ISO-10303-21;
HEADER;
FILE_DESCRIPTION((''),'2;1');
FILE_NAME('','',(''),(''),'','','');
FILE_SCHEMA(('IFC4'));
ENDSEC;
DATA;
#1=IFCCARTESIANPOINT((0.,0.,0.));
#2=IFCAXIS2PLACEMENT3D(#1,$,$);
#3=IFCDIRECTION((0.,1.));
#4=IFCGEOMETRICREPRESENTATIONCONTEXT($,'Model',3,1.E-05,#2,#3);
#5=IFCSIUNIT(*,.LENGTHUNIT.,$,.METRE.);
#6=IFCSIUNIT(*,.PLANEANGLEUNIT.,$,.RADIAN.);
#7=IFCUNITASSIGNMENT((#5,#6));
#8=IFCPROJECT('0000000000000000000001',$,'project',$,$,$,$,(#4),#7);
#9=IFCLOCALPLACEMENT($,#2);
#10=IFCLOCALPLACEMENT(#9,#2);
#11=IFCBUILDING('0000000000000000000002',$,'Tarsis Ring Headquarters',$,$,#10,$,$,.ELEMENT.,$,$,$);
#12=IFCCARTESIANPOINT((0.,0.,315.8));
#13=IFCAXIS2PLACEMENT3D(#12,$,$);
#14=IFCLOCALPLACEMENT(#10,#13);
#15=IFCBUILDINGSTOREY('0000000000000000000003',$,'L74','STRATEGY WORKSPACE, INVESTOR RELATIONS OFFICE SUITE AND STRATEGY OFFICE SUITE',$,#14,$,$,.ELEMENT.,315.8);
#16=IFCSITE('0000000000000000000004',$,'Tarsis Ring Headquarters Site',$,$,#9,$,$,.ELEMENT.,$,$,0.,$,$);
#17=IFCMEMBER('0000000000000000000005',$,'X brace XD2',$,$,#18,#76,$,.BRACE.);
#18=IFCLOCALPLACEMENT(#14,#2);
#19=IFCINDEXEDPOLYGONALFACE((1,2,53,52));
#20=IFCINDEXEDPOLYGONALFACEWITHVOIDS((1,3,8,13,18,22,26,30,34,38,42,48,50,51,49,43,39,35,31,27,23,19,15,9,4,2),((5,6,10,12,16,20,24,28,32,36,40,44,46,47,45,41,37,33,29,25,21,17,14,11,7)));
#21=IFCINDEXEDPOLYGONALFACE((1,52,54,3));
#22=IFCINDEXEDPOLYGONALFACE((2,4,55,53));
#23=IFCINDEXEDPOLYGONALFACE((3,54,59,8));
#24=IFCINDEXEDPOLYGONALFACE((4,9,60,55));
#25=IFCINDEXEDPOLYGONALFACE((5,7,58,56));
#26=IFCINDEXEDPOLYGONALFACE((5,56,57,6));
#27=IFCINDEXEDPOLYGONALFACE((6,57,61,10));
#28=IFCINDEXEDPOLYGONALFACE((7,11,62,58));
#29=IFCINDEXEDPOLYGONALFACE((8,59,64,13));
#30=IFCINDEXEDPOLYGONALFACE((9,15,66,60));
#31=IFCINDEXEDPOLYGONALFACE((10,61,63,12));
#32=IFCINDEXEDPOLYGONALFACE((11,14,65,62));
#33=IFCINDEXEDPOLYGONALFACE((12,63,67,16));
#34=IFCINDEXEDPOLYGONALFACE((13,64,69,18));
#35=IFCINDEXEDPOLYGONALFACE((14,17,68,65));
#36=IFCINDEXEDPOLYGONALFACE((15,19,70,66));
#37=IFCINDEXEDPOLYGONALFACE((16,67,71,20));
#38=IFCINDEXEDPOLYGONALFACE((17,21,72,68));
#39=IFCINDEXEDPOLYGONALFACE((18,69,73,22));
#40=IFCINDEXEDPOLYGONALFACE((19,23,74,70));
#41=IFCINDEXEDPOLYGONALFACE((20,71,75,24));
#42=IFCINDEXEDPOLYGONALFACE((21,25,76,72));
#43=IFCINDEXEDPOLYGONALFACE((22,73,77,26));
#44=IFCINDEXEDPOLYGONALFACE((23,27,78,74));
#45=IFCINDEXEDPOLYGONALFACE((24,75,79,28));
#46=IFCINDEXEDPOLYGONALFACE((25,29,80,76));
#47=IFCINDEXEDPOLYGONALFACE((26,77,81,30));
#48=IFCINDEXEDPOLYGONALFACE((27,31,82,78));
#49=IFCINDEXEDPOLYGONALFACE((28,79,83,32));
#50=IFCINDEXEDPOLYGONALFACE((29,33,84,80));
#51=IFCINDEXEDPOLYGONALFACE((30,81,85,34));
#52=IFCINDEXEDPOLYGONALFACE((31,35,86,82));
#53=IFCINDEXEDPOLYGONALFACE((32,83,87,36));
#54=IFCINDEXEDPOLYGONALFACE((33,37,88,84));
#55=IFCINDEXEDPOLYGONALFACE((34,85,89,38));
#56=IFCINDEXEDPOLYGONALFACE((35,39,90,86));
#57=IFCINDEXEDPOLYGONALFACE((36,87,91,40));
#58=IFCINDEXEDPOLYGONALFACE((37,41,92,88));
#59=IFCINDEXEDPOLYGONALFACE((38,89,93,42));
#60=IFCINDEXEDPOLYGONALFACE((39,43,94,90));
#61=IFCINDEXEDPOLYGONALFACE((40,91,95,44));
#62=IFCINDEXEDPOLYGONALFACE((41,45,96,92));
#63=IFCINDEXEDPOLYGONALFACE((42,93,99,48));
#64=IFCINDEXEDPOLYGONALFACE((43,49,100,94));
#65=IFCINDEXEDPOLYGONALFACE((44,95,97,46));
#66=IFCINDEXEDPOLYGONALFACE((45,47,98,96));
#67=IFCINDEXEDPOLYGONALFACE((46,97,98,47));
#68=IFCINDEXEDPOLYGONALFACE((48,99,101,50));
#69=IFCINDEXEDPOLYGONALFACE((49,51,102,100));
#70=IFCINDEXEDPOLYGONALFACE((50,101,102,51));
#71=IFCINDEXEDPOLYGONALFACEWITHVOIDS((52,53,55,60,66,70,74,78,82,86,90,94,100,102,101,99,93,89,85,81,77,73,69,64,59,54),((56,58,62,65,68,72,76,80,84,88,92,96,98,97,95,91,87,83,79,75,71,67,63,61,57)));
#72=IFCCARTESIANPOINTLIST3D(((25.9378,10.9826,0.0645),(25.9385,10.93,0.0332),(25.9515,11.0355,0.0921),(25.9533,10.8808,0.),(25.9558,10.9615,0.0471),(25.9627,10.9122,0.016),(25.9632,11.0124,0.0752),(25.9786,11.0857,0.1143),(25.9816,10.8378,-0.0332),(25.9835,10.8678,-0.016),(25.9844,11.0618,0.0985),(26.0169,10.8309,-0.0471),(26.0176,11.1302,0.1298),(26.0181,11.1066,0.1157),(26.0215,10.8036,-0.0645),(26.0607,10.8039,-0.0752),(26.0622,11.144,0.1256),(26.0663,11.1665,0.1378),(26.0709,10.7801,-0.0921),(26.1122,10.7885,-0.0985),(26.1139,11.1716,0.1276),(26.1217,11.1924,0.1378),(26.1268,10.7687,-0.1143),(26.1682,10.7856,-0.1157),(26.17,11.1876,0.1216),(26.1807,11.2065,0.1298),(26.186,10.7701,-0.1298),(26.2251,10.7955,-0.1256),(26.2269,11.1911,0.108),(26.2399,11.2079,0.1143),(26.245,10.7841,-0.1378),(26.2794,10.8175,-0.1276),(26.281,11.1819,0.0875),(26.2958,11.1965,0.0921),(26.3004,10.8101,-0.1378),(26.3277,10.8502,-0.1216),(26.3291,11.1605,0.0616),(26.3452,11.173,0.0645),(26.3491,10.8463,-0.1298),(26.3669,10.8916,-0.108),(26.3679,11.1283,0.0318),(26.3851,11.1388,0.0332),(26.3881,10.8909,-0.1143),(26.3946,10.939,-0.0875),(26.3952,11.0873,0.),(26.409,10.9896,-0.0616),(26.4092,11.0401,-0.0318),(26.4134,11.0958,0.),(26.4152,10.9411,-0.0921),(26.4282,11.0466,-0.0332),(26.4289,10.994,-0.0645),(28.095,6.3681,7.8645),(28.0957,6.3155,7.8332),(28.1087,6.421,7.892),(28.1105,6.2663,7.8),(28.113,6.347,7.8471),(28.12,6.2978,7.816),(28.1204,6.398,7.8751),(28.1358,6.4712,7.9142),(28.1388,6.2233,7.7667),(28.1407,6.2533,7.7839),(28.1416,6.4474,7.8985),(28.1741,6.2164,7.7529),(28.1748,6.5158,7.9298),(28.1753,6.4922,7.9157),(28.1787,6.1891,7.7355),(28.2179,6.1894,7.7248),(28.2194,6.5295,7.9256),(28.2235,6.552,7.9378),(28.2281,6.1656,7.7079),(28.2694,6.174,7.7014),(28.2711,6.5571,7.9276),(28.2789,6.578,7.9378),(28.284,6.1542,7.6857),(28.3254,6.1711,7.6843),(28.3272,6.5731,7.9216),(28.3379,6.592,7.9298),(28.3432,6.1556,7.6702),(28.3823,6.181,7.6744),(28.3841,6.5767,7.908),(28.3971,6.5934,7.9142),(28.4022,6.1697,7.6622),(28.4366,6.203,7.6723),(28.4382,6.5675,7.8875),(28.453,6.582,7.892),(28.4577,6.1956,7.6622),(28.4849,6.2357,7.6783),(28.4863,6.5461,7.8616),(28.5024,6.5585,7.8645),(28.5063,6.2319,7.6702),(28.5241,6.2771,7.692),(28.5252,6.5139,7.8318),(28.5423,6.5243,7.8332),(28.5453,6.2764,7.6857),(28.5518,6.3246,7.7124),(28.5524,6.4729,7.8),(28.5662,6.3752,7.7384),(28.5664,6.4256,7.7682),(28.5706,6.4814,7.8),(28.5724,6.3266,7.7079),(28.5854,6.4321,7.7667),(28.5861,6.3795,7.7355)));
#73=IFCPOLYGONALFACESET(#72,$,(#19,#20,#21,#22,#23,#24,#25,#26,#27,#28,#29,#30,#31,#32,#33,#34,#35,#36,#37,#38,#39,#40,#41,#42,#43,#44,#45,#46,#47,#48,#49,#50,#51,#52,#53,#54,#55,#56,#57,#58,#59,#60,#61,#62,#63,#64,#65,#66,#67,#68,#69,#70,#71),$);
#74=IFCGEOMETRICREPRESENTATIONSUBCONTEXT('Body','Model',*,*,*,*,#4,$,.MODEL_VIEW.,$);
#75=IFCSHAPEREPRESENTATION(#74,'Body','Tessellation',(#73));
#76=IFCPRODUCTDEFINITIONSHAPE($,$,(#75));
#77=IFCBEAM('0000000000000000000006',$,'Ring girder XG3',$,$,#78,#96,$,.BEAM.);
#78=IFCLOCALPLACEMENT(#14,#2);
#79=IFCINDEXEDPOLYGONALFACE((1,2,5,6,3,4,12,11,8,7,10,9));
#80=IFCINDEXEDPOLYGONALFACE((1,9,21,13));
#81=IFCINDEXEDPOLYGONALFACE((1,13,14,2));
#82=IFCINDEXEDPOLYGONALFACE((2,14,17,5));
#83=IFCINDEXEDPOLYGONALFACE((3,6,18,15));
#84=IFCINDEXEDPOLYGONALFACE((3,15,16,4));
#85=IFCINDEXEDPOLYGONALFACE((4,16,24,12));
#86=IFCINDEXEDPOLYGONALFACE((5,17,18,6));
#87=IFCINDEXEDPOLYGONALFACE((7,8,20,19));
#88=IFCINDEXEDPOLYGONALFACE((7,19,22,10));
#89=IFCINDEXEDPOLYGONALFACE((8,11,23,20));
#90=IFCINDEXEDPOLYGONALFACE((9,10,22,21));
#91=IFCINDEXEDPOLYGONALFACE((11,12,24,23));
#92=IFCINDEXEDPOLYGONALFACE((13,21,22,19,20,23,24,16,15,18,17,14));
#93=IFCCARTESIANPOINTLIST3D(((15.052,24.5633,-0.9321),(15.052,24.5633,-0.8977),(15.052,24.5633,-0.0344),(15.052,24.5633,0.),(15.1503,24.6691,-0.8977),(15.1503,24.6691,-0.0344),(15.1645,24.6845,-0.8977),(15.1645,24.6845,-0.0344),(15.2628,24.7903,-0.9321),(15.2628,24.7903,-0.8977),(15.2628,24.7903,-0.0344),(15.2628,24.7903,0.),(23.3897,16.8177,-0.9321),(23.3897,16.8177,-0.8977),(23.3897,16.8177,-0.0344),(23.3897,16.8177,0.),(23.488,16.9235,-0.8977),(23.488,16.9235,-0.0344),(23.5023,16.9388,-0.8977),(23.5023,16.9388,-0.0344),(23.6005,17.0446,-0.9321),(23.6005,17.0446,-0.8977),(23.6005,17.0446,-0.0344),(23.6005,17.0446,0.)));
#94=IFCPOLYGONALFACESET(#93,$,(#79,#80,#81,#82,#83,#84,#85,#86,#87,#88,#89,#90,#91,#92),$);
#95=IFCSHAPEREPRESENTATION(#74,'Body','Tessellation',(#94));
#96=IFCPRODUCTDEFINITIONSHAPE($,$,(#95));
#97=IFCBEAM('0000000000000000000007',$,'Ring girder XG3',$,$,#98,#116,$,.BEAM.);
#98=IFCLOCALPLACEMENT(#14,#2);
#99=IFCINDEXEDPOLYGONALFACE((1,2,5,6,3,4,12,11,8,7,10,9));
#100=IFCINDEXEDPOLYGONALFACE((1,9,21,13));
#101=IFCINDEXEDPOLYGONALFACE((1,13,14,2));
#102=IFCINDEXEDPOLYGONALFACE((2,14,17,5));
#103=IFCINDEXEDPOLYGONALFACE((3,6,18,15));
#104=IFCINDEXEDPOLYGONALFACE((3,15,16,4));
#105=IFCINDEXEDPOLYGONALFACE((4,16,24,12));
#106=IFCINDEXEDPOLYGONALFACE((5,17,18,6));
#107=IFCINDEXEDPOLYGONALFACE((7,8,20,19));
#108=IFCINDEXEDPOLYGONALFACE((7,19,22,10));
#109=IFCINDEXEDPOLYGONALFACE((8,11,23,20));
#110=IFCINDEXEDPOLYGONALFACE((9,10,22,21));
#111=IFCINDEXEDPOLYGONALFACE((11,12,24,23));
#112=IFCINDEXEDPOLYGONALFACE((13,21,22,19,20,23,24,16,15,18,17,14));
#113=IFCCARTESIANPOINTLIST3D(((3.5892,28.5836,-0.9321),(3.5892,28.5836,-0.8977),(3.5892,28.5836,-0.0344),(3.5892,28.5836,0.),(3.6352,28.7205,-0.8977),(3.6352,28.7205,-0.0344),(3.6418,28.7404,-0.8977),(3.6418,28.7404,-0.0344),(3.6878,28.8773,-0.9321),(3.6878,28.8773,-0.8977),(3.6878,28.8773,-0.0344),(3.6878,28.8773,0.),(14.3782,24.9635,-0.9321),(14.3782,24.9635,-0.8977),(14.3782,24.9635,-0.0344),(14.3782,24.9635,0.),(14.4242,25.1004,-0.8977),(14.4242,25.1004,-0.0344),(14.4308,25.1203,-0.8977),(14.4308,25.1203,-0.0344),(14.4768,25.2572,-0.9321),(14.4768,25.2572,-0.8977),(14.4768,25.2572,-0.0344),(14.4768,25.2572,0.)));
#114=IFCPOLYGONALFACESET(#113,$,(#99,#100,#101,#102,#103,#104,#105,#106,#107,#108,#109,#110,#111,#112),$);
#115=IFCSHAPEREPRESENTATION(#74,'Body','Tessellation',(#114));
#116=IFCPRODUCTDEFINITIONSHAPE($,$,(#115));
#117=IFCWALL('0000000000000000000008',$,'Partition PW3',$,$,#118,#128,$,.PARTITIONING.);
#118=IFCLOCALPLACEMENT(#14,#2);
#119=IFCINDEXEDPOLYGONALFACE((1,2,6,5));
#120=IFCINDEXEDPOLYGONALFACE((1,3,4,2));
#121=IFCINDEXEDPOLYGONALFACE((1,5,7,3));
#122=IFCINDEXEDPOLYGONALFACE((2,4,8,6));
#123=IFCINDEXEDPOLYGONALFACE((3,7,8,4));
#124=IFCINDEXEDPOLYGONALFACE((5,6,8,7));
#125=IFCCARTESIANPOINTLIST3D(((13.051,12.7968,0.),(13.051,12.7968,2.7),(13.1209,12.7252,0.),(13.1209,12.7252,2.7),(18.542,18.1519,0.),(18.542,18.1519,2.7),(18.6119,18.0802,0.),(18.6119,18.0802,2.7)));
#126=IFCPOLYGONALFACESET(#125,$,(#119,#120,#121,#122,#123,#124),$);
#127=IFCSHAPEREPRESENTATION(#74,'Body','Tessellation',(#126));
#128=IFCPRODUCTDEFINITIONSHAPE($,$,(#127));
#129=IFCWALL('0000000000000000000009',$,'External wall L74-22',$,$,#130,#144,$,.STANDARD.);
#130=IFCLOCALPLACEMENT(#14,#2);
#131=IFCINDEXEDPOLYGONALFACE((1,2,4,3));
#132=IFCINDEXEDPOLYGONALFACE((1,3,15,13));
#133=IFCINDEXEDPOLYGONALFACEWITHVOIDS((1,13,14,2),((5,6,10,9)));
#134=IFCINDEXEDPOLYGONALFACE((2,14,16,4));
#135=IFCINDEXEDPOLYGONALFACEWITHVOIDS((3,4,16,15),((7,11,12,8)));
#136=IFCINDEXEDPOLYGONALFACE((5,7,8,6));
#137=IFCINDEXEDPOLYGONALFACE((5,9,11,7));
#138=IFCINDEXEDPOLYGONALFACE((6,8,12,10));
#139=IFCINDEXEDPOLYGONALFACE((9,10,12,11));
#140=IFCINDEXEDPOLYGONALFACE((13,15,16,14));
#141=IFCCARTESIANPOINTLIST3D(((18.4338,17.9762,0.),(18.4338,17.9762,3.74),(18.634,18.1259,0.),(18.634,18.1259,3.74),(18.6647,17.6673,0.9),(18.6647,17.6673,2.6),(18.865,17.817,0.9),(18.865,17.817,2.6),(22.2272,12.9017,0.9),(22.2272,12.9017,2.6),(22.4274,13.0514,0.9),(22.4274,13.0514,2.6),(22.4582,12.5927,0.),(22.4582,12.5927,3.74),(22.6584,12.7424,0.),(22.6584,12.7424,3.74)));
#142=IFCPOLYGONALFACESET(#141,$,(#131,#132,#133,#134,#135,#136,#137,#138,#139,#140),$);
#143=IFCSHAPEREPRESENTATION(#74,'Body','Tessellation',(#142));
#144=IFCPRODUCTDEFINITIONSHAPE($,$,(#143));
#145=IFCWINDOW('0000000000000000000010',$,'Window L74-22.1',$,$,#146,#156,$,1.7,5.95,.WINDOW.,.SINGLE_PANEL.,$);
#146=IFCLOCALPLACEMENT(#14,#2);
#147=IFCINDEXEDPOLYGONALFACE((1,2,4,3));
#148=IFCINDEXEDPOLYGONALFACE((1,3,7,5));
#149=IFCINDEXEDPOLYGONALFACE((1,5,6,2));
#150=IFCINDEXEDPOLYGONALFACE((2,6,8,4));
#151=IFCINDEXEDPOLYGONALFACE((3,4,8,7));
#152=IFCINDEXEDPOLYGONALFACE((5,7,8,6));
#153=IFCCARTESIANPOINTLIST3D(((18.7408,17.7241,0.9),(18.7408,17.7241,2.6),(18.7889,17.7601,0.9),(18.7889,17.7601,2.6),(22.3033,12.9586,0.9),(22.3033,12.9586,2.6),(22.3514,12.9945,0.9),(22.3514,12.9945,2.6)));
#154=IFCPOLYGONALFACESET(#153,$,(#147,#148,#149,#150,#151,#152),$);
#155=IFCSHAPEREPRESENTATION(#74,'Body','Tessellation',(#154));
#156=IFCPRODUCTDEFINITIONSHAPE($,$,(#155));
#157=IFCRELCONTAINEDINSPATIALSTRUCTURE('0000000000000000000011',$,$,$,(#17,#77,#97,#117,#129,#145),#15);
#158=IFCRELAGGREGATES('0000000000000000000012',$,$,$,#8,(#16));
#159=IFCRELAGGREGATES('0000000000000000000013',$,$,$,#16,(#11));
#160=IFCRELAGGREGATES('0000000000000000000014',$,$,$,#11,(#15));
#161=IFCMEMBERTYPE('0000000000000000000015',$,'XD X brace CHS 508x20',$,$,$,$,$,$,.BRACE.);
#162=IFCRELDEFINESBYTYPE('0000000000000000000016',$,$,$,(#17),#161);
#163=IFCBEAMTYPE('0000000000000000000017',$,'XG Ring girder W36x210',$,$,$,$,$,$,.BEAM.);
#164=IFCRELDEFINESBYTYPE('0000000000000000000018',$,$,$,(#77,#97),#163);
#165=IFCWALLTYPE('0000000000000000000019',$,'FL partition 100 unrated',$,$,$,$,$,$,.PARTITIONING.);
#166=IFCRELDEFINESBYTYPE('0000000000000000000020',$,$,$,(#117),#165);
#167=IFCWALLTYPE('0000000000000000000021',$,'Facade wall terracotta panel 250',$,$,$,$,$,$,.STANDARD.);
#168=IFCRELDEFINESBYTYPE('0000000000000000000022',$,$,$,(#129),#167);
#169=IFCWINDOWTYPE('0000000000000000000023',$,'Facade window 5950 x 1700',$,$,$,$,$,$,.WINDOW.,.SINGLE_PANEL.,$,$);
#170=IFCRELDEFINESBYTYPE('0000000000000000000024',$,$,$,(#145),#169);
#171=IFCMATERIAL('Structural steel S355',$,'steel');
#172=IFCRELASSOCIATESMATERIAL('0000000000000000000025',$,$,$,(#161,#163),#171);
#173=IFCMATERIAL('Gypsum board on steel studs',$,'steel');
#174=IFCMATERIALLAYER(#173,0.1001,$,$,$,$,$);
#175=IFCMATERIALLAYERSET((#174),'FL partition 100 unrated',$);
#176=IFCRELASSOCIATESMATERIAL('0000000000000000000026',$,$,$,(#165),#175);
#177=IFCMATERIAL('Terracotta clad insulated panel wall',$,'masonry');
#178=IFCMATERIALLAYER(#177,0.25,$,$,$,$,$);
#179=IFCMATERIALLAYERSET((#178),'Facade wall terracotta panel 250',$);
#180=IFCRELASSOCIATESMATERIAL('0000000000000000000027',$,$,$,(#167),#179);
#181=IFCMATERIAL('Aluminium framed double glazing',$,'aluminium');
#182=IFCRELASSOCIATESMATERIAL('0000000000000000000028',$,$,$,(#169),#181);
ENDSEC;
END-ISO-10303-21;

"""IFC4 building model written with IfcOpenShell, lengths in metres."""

from ifc_helpers import new_model, si_unit, direction, frame, frame_2d, origin, origin_2d, place, context, subcontext, project, spatial, rectangle, hollow_circle, i_section, extrude, material, layer, layer_set, material_profile, profile_set, type_object, element, fill, save


model = new_model("IFC4")

# Units and contexts
model_context = context("Model", 3, precision=1e-05, world=origin(), true_north=direction((0.0, 1.0)))
body_context = subcontext(model_context, "Body", "Model", "MODEL_VIEW")
ifc_project = project(units=[si_unit("LENGTHUNIT", "METRE"), si_unit("PLANEANGLEUNIT", "RADIAN")], contexts=[model_context])

# Site, building, storey
site_placement = place(None, origin())
site = spatial("IfcSite", under=ifc_project, at=site_placement, Name="Tarsis Ring Headquarters Site", CompositionType="ELEMENT", RefElevation=0.0)
building_placement = place(site_placement, origin())
building = spatial("IfcBuilding", under=site, at=building_placement, Name="Tarsis Ring Headquarters", CompositionType="ELEMENT")
storey_placement = place(building_placement, frame((0.0, 0.0, 315.8)))
storey = spatial("IfcBuildingStorey", under=building, at=storey_placement, Name="L74", Description="STRATEGY WORKSPACE, INVESTOR RELATIONS OFFICE SUITE AND STRATEGY OFFICE SUITE", CompositionType="ELEMENT", Elevation=315.8)

# Shared definitions
ifc_material_1 = material(Name="Structural steel S355", Category="steel")

# Member
ifc_material_profile_1 = material_profile(ifc_material_1, hollow_circle(Radius=0.2539, WallThickness=0.02, at=origin_2d()), Name="CHS 508x20")
ifc_profile_set_1 = profile_set([ifc_material_profile_1], Name="Structural steel S355")
member_type = type_object("IfcMemberType", Name="XD X brace CHS 508x20", PredefinedType="BRACE", material=ifc_profile_set_1)
member_1_placement = place(storey_placement, frame((26.1833, 10.9883, 0.0), z_axis=(0.231561, -0.49533, 0.837274), x_axis=(0.905898, 0.423497, 0.0)))
element("IfcMember", 1, at=member_1_placement, inside=storey, type_object=member_type, Name="X brace XD2", PredefinedType="BRACE", context=body_context, shape_type="SweptSolid", body=[
    extrude(hollow_circle(Radius=0.2539, WallThickness=0.02, at=origin_2d()), origin(), (0.0, 0.0, 1.0), 9.3159),
])

# Beams
ifc_material_profile_2 = material_profile(ifc_material_1, i_section(OverallWidth=0.3098, OverallDepth=0.9321, WebThickness=0.021, FlangeThickness=0.0344, at=origin_2d()), Name="W36x210")
ifc_profile_set_2 = profile_set([ifc_material_profile_2], Name="Structural steel S355")
beam_type_1 = type_object("IfcBeamType", Name="XG Ring girder W36x210", PredefinedType="BEAM", material=ifc_profile_set_2)
beam_1_placement = place(storey_placement, frame((23.4951, 16.9312, -0.4661), z_axis=(-0.73264, 0.680616, 0.0), x_axis=(-0.680616, -0.73264, 0.0)))
element("IfcBeam", 2, at=beam_1_placement, inside=storey, type_object=beam_type_1, Name="Ring girder XG3", PredefinedType="BEAM", context=body_context, shape_type="SweptSolid", body=[
    extrude(i_section(OverallWidth=0.3098, OverallDepth=0.9321, WebThickness=0.021, FlangeThickness=0.0344, at=origin_2d()), origin(), (0.0, 0.0, 1.0), 11.3804),
])
beam_2_placement = place(storey_placement, frame((14.4275, 25.1104, -0.4661), z_axis=(-0.948055, 0.318106, 0.0), x_axis=(-0.318106, -0.948055, 0.0)))
element("IfcBeam", 3, at=beam_2_placement, inside=storey, type_object=beam_type_1, Name="Ring girder XG3", PredefinedType="BEAM", context=body_context, shape_type="SweptSolid", body=[
    extrude(i_section(OverallWidth=0.3098, OverallDepth=0.9321, WebThickness=0.021, FlangeThickness=0.0344, at=origin_2d()), origin(), (0.0, 0.0, 1.0), 11.3801),
])

# Wall
ifc_material_2 = material(Name="Gypsum board on steel studs", Category="steel")
ifc_layer_1 = layer(ifc_material_2, 0.1001)
ifc_layer_set_1 = layer_set([ifc_layer_1], Name="FL partition 100 unrated")
wall_type_1 = type_object("IfcWallType", Name="FL partition 100 unrated", PredefinedType="PARTITIONING", material=ifc_layer_set_1)
wall_1_placement = place(storey_placement, frame((13.0859, 12.761, 0.0), z_axis=(0.0, 0.0, 1.0), x_axis=(0.715916, 0.698186, 0.0)))
element("IfcWall", 4, at=wall_1_placement, inside=storey, type_object=wall_type_1, Name="Partition PW3", PredefinedType="PARTITIONING", context=body_context, shape_type="SweptSolid", body=[
    extrude(rectangle(XDim=7.6699, YDim=0.1001, at=frame_2d((3.835, 0.0))), origin(), (0.0, 0.0, 1.0), 2.7),
])

# Wall, opening, window
ifc_material_3 = material(Name="Terracotta clad insulated panel wall", Category="masonry")
ifc_layer_2 = layer(ifc_material_3, 0.25)
ifc_layer_set_2 = layer_set([ifc_layer_2], Name="Facade wall terracotta panel 250")
wall_type_2 = type_object("IfcWallType", Name="Facade wall terracotta panel 250", PredefinedType="STANDARD", material=ifc_layer_set_2)
wall_2_placement = place(storey_placement, frame((22.5583, 12.6675, 0.0), z_axis=(0.0, 0.0, 1.0), x_axis=(-0.598738, 0.800945, 0.0)))
wall_2 = element("IfcWall", 5, at=wall_2_placement, inside=storey, type_object=wall_type_2, Name="External wall L74-22", PredefinedType="STANDARD", context=body_context, shape_type="SweptSolid", body=[
    extrude(rectangle(XDim=6.7214, YDim=0.25, at=frame_2d((3.3608, 0.0))), origin(), (0.0, 0.0, 1.0), 3.74),
])
opening_1_placement = place(wall_2_placement, frame((0.3857, 0.0, 0.8999)))
opening_1 = element("IfcOpeningElement", 6, at=opening_1_placement, cuts=wall_2, PredefinedType="OPENING", context=body_context, shape_type="SweptSolid", body=[
    extrude(rectangle(XDim=5.95, YDim=1.7, at=frame_2d((2.9751, 0.8501))), frame((0.0, 0.135, 0.0), z_axis=(0.0, -1.0, 0.0), x_axis=(1.0, 0.0, 0.0)), (0.0, 0.0, 1.0), 0.27),
])
ifc_material_4 = material(Name="Aluminium framed double glazing", Category="aluminium")
window_type = type_object("IfcWindowType", Name="Facade window 5950 x 1700", PartitioningType="SINGLE_PANEL", PredefinedType="WINDOW", material=ifc_material_4)
window_1_placement = place(opening_1_placement, origin())
window_1 = element("IfcWindow", 7, at=window_1_placement, inside=storey, type_object=window_type, Name="Window L74-22.1", OverallHeight=1.7, OverallWidth=5.95, PartitioningType="SINGLE_PANEL", PredefinedType="WINDOW", context=body_context, shape_type="SweptSolid", body=[
    extrude(rectangle(XDim=5.95, YDim=1.7, at=frame_2d((2.9751, 0.8501))), frame((0.0, 0.03, 0.0), z_axis=(0.0, -1.0, 0.0), x_axis=(1.0, 0.0, 0.0)), (0.0, 0.0, 1.0), 0.0601),
])
fill(opening_1, window_1)

save(model, "model.ifc")
